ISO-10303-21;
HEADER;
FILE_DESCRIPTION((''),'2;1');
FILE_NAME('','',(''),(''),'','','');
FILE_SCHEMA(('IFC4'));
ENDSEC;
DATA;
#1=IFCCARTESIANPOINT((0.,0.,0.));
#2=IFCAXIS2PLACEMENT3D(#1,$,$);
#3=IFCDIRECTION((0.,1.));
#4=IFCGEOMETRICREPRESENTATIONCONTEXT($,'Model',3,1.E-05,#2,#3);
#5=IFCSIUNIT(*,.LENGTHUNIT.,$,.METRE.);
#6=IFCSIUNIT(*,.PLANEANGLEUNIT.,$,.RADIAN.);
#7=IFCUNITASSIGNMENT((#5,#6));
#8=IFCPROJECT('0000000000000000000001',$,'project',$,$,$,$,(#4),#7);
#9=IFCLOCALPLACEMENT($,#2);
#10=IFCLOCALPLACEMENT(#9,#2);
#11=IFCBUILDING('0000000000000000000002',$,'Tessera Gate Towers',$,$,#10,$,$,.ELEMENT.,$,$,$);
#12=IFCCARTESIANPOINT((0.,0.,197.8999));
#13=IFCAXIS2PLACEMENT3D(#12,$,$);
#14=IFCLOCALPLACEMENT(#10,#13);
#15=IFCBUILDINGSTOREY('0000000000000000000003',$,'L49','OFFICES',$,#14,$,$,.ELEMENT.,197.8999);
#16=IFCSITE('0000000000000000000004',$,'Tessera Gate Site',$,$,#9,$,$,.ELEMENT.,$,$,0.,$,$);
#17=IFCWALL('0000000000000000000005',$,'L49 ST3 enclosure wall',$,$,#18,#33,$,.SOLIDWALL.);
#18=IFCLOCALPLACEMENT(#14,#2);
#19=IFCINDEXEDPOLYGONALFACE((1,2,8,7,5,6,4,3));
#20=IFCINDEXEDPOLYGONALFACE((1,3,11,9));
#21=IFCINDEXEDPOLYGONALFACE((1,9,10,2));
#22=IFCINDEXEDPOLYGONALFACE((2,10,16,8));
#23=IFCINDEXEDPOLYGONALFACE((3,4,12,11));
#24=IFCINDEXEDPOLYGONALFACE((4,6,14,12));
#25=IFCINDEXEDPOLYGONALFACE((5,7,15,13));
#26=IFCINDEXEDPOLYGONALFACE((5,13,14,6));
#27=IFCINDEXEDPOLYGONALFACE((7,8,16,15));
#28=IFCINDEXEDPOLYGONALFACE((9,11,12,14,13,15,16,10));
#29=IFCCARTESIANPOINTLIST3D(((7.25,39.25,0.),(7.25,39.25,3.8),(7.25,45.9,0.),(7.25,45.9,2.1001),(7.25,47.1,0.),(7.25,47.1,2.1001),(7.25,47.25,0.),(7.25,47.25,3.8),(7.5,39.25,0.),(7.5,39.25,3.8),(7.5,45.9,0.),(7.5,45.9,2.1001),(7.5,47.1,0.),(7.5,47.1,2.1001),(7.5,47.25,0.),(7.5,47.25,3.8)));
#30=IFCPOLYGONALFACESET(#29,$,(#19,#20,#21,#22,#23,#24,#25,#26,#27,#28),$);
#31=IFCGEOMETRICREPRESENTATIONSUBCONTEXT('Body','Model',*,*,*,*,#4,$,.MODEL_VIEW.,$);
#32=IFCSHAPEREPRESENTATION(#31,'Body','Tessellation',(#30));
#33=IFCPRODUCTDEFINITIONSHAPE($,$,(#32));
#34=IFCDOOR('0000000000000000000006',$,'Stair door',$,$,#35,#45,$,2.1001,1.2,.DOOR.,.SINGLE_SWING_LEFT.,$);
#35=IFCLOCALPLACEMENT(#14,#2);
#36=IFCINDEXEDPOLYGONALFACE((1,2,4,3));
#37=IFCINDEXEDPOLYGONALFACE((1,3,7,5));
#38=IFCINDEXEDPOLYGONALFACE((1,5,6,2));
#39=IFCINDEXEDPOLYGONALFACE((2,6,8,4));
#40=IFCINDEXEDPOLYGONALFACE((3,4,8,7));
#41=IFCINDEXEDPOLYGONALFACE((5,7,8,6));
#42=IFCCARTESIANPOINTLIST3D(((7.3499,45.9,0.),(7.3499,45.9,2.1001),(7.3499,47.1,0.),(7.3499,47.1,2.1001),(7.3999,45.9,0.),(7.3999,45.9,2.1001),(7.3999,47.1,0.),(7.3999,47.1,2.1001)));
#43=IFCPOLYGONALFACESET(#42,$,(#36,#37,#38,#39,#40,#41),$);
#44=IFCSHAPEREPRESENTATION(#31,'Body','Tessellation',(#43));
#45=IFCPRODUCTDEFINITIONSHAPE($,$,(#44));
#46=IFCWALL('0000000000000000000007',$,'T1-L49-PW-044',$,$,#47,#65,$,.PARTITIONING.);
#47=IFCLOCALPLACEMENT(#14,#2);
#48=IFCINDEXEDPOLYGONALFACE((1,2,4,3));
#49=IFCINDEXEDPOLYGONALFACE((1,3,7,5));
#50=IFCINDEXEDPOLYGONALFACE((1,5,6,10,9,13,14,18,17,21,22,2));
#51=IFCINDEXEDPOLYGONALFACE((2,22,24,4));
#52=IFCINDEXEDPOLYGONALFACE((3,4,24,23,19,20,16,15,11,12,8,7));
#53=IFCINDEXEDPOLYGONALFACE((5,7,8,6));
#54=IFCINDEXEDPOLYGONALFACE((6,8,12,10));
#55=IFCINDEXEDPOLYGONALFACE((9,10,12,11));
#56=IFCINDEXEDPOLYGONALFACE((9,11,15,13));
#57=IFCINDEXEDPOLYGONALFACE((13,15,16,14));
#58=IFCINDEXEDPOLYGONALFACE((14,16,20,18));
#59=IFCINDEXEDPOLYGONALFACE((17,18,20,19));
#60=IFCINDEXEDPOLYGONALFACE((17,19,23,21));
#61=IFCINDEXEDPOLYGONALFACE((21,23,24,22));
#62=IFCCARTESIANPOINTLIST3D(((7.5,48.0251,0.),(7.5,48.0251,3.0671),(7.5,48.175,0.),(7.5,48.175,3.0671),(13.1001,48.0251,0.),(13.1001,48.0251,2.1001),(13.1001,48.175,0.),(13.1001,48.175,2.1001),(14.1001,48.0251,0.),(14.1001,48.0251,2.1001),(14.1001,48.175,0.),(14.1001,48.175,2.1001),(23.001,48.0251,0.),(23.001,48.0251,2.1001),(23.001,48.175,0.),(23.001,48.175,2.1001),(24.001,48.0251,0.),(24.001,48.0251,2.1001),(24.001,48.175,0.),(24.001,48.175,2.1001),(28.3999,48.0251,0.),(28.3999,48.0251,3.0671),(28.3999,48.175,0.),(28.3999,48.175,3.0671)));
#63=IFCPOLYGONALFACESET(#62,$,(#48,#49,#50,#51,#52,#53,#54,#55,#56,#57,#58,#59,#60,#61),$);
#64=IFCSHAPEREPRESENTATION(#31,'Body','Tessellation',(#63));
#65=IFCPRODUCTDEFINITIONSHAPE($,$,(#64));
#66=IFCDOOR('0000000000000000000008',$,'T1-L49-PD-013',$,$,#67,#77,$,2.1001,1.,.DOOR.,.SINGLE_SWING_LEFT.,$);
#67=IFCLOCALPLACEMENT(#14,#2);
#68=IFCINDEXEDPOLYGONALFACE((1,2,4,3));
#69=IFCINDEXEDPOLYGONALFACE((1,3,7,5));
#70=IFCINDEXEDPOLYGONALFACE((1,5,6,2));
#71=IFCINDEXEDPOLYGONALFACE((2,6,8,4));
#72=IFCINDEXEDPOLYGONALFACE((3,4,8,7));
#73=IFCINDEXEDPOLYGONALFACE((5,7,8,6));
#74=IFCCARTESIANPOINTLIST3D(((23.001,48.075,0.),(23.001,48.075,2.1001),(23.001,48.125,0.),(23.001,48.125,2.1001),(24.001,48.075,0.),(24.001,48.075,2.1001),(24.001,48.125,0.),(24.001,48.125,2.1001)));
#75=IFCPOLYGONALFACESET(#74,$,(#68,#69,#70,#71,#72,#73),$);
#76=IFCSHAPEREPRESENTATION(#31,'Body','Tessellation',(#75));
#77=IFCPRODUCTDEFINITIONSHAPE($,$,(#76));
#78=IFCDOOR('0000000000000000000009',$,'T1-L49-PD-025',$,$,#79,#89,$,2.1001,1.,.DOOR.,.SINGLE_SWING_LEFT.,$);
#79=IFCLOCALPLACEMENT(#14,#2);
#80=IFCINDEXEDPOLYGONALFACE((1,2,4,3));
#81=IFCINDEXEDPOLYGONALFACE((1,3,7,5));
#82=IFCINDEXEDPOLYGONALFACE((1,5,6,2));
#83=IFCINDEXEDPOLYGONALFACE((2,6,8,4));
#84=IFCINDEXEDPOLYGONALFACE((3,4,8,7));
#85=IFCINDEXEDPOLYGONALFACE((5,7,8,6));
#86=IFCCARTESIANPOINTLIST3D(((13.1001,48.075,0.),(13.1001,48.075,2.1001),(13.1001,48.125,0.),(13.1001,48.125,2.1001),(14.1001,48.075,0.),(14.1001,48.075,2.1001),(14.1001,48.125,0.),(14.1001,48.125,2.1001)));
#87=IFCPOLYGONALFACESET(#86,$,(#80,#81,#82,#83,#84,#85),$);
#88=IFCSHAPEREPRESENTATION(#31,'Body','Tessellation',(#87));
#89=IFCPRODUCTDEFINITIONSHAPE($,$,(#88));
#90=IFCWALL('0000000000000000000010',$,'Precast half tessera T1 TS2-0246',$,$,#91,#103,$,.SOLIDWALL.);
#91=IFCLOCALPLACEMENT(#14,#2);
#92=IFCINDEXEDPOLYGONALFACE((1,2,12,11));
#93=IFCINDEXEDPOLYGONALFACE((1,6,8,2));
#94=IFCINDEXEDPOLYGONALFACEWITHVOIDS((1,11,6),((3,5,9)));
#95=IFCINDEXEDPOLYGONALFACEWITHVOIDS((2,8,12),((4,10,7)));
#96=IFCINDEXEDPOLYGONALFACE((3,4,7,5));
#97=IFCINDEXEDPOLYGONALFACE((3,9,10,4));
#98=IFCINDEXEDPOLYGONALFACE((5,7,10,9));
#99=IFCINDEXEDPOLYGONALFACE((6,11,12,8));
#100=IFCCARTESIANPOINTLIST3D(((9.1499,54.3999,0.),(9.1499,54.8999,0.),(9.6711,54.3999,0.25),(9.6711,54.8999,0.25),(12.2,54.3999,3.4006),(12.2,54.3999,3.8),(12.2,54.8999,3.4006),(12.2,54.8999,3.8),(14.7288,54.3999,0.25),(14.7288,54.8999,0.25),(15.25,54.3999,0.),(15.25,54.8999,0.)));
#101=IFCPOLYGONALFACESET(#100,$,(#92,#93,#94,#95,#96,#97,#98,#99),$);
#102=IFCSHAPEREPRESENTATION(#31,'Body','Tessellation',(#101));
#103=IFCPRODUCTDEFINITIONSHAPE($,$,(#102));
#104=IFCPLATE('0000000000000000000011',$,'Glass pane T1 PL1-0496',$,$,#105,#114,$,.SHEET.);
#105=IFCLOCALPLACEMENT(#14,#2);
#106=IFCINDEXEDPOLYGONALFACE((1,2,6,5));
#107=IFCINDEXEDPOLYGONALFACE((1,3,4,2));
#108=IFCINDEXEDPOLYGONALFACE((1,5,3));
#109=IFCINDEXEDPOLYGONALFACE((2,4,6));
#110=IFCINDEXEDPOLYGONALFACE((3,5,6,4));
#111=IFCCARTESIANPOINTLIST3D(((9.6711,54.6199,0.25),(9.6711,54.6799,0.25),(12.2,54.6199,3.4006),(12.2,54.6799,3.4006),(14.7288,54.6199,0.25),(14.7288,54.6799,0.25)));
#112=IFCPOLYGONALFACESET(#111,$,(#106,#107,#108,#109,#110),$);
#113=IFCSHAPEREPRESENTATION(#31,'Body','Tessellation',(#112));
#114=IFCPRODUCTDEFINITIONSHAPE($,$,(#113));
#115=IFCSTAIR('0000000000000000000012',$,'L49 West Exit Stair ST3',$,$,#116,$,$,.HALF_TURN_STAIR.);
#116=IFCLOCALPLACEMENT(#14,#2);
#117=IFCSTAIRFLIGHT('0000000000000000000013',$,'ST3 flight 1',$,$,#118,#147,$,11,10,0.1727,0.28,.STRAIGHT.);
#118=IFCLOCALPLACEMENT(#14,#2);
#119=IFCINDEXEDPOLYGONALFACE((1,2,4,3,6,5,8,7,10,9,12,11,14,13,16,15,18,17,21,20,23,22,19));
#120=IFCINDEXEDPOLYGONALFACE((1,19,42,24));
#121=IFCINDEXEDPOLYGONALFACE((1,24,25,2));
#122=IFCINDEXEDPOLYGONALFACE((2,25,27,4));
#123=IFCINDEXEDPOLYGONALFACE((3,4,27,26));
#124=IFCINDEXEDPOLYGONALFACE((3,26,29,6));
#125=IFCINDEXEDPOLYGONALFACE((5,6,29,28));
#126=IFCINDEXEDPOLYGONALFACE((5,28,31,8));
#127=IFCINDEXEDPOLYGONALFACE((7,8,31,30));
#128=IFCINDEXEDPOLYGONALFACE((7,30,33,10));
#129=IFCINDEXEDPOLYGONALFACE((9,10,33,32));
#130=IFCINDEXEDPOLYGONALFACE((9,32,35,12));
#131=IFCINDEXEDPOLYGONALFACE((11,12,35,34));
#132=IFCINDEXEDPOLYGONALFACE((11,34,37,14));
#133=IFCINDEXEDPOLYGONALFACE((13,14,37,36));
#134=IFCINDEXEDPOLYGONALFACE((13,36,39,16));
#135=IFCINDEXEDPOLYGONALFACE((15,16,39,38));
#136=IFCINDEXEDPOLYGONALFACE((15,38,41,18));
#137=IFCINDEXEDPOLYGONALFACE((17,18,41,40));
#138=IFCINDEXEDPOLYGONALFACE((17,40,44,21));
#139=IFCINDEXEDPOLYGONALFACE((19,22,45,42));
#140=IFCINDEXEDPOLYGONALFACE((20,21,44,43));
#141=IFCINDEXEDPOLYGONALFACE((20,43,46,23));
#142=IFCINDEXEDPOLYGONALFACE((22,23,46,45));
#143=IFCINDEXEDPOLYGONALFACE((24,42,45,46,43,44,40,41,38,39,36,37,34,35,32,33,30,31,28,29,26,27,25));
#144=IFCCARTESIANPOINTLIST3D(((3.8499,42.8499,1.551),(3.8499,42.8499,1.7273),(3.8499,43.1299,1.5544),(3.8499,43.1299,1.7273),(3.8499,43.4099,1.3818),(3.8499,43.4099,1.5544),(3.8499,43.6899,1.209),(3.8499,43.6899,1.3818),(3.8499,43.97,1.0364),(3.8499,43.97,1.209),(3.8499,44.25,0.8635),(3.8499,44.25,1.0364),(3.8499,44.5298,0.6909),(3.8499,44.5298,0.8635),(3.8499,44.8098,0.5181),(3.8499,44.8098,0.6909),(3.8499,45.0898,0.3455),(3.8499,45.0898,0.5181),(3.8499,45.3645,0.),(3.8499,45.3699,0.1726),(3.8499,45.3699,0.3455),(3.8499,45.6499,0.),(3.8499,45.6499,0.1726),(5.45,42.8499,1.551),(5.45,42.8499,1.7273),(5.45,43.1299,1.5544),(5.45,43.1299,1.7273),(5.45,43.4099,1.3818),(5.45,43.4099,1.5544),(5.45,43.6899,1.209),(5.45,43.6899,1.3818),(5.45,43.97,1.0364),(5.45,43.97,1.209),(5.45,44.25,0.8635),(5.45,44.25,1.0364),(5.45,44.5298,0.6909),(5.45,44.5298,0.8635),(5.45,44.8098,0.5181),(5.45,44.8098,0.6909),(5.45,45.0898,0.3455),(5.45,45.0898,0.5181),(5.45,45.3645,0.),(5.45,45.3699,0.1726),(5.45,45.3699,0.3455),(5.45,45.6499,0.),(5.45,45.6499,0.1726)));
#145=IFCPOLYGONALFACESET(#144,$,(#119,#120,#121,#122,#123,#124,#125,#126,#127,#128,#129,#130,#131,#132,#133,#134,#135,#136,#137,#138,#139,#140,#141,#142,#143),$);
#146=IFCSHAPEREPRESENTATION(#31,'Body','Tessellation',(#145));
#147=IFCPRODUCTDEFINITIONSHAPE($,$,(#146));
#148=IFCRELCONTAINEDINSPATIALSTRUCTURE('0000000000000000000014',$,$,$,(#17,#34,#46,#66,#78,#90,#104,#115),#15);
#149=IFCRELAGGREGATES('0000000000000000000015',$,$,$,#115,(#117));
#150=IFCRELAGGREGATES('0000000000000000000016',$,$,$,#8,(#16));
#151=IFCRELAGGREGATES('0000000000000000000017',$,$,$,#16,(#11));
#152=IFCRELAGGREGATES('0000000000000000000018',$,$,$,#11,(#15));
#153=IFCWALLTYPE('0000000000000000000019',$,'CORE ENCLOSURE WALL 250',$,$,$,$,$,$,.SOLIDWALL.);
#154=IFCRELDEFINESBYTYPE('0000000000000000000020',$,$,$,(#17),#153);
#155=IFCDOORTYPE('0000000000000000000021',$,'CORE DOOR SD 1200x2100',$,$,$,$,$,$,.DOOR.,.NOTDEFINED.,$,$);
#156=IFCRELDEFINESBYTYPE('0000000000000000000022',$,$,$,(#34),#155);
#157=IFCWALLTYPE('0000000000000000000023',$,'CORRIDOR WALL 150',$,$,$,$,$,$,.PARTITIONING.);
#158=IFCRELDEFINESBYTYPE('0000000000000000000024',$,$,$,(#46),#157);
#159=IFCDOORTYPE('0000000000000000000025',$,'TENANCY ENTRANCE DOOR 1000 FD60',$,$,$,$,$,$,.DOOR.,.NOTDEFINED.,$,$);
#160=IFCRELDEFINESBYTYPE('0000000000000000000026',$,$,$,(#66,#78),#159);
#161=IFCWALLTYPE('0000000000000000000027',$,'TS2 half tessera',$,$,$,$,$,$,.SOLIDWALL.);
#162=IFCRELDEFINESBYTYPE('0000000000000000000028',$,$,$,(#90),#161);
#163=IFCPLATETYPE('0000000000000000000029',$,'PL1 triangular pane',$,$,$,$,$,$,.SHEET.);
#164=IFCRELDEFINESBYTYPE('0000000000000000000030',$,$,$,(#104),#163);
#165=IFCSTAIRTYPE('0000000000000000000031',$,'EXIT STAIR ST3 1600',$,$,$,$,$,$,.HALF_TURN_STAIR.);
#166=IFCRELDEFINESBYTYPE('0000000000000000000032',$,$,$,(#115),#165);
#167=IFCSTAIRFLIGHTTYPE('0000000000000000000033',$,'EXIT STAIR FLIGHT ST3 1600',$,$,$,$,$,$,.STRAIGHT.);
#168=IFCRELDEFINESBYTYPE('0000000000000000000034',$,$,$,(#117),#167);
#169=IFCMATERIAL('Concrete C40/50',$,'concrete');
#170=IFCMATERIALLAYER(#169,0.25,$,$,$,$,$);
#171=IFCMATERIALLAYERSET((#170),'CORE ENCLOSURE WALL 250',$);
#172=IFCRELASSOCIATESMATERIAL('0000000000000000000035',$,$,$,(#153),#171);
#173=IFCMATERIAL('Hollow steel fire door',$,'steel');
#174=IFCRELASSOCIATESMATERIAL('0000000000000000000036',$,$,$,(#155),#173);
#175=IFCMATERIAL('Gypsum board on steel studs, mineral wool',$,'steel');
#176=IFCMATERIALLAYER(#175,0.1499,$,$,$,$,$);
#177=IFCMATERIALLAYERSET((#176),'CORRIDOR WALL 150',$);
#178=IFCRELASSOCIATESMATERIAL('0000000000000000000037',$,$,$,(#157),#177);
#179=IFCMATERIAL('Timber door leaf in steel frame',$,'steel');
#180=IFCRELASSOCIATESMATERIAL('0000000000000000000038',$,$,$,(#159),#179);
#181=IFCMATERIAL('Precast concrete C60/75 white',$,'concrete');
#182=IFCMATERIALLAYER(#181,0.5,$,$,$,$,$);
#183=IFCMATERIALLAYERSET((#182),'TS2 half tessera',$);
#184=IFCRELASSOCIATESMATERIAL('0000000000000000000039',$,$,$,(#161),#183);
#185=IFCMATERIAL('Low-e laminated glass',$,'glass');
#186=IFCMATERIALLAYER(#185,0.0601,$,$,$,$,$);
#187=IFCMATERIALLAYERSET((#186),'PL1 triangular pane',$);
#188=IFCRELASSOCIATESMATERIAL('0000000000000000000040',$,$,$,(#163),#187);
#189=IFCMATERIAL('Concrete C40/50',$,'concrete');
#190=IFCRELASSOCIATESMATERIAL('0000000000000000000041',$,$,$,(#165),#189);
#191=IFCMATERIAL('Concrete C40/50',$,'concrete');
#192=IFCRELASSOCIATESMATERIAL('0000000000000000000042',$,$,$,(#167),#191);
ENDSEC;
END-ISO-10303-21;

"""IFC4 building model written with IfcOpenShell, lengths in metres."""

from ifc_helpers import new_model, si_unit, direction, frame, frame_2d, origin, place, context, subcontext, project, spatial, polyline, rectangle, outline, extrude, source, transform, mapped, material, layer, layer_set, type_object, element, fill, aggregate, save


model = new_model("IFC4")

# Units and contexts
model_context = context("Model", 3, precision=1e-05, world=origin(), true_north=direction((0.0, 1.0)))
body_context = subcontext(model_context, "Body", "Model", "MODEL_VIEW")
ifc_project = project(units=[si_unit("LENGTHUNIT", "METRE"), si_unit("PLANEANGLEUNIT", "RADIAN")], contexts=[model_context])

# Site, building, storey
site_placement = place(None, origin())
site = spatial("IfcSite", under=ifc_project, at=site_placement, Name="Tessera Gate Site", CompositionType="ELEMENT", RefElevation=0.0)
building_placement = place(site_placement, origin())
building = spatial("IfcBuilding", under=site, at=building_placement, Name="Tessera Gate Towers", CompositionType="ELEMENT")
storey_placement = place(building_placement, frame((0.0, 0.0, 197.8999)))
storey = spatial("IfcBuildingStorey", under=building, at=storey_placement, Name="L49", Description="OFFICES", CompositionType="ELEMENT", Elevation=197.8999)

# Shared definitions
ifc_material_1 = material(Name="Concrete C40/50", Category="concrete")
ifc_layer_1 = layer(ifc_material_1, 0.25)
ifc_layer_set_1 = layer_set([ifc_layer_1], Name="CORE ENCLOSURE WALL 250")
wall_type_1 = type_object("IfcWallType", Name="CORE ENCLOSURE WALL 250", PredefinedType="SOLIDWALL", material=ifc_layer_set_1)

# Wall, opening, door
wall_1_placement = place(storey_placement, frame((7.375, 47.25, 0.0), z_axis=(0.0, 0.0, 1.0), x_axis=(0.0, -1.0, 0.0)))
wall_1 = element("IfcWall", 1, at=wall_1_placement, inside=storey, type_object=wall_type_1, Name="L49 ST3 enclosure wall", PredefinedType="SOLIDWALL", context=body_context, shape_type="SweptSolid", body=[
    extrude(rectangle(XDim=8.0, YDim=0.25, at=frame_2d((4.0, 0.0))), origin(), (0.0, 0.0, 1.0), 3.8),
])
shared_shape_1 = source(origin(), body_context, "Body", "SweptSolid", [
    extrude(rectangle(XDim=1.2, YDim=2.1001, at=frame_2d((0.6001, 1.05))), frame((0.0, 0.135, 0.0), z_axis=(0.0, -1.0, 0.0), x_axis=(1.0, 0.0, 0.0)), (0.0, 0.0, 1.0), 0.27),
])
opening_1_placement = place(wall_1_placement, frame((0.1499, 0.0, 0.0)))
opening_1 = element("IfcOpeningElement", 2, at=opening_1_placement, cuts=wall_1, PredefinedType="OPENING", context=body_context, shape_type="MappedRepresentation", body=[
    mapped(shared_shape_1, transform((0.0, 0.0, 0.0), scale=1.0)),
])
ifc_material_2 = material(Name="Hollow steel fire door", Category="steel")
door_type_1 = type_object("IfcDoorType", Name="CORE DOOR SD 1200x2100", OperationType="NOTDEFINED", PredefinedType="DOOR", material=ifc_material_2)
shared_shape_2 = source(origin(), body_context, "Body", "SweptSolid", [
    extrude(rectangle(XDim=1.2, YDim=2.1001, at=frame_2d((0.6001, 1.05))), frame((0.0, 0.0249, 0.0), z_axis=(0.0, -1.0, 0.0), x_axis=(1.0, 0.0, 0.0)), (0.0, 0.0, 1.0), 0.05),
])
door_1_placement = place(opening_1_placement, origin())
door_1 = element("IfcDoor", 3, at=door_1_placement, inside=storey, type_object=door_type_1, Name="Stair door", OperationType="SINGLE_SWING_LEFT", OverallHeight=2.1001, OverallWidth=1.2, PredefinedType="DOOR", context=body_context, shape_type="MappedRepresentation", body=[
    mapped(shared_shape_2, transform((0.0, 0.0, 0.0), scale=1.0)),
])
fill(opening_1, door_1)

# Wall, openings, doors
ifc_material_3 = material(Name="Gypsum board on steel studs, mineral wool", Category="steel")
ifc_layer_2 = layer(ifc_material_3, 0.1499)
ifc_layer_set_2 = layer_set([ifc_layer_2], Name="CORRIDOR WALL 150")
wall_type_2 = type_object("IfcWallType", Name="CORRIDOR WALL 150", PredefinedType="PARTITIONING", material=ifc_layer_set_2)
wall_2_placement = place(storey_placement, frame((7.5, 48.1001, 0.0), z_axis=(0.0, 0.0, 1.0), x_axis=(1.0, 0.0, 0.0)))
wall_2 = element("IfcWall", 4, at=wall_2_placement, inside=storey, type_object=wall_type_2, Name="T1-L49-PW-044", PredefinedType="PARTITIONING", context=body_context, shape_type="SweptSolid", body=[
    extrude(rectangle(XDim=20.8999, YDim=0.1499, at=frame_2d((10.45, 0.0))), origin(), (0.0, 0.0, 1.0), 3.0671),
])
shared_shape_3 = source(origin(), body_context, "Body", "SweptSolid", [
    extrude(rectangle(XDim=1.0, YDim=2.1001, at=frame_2d((0.5, 1.05))), frame((0.0, 0.085, 0.0), z_axis=(0.0, -1.0, 0.0), x_axis=(1.0, 0.0, 0.0)), (0.0, 0.0, 1.0), 0.1699),
])
opening_2_placement = place(wall_2_placement, frame((15.501, 0.0, 0.0)))
opening_2 = element("IfcOpeningElement", 5, at=opening_2_placement, cuts=wall_2, PredefinedType="OPENING", context=body_context, shape_type="MappedRepresentation", body=[
    mapped(shared_shape_3, transform((0.0, 0.0, 0.0), scale=1.0)),
])
opening_3_placement = place(wall_2_placement, frame((5.6001, 0.0, 0.0)))
opening_3 = element("IfcOpeningElement", 6, at=opening_3_placement, cuts=wall_2, PredefinedType="OPENING", context=body_context, shape_type="MappedRepresentation", body=[
    mapped(shared_shape_3, transform((0.0, 0.0, 0.0), scale=1.0)),
])
ifc_material_4 = material(Name="Timber door leaf in steel frame", Category="steel")
door_type_2 = type_object("IfcDoorType", Name="TENANCY ENTRANCE DOOR 1000 FD60", OperationType="NOTDEFINED", PredefinedType="DOOR", material=ifc_material_4)
shared_shape_4 = source(origin(), body_context, "Body", "SweptSolid", [
    extrude(rectangle(XDim=1.0, YDim=2.1001, at=frame_2d((0.5, 1.05))), frame((0.0, 0.0249, 0.0), z_axis=(0.0, -1.0, 0.0), x_axis=(1.0, 0.0, 0.0)), (0.0, 0.0, 1.0), 0.05),
])
door_2_placement = place(opening_2_placement, origin())
door_2 = element("IfcDoor", 7, at=door_2_placement, inside=storey, type_object=door_type_2, Name="T1-L49-PD-013", OperationType="SINGLE_SWING_LEFT", OverallHeight=2.1001, OverallWidth=1.0, PredefinedType="DOOR", context=body_context, shape_type="MappedRepresentation", body=[
    mapped(shared_shape_4, transform((0.0, 0.0, 0.0), scale=1.0)),
])
fill(opening_2, door_2)
door_3_placement = place(opening_3_placement, origin())
door_3 = element("IfcDoor", 8, at=door_3_placement, inside=storey, type_object=door_type_2, Name="T1-L49-PD-025", OperationType="SINGLE_SWING_LEFT", OverallHeight=2.1001, OverallWidth=1.0, PredefinedType="DOOR", context=body_context, shape_type="MappedRepresentation", body=[
    mapped(shared_shape_4, transform((0.0, 0.0, 0.0), scale=1.0)),
])
fill(opening_3, door_3)

# Wall, opening, plate
ifc_material_5 = material(Name="Precast concrete C60/75 white", Category="concrete")
ifc_layer_3 = layer(ifc_material_5, 0.5)
ifc_layer_set_3 = layer_set([ifc_layer_3], Name="TS2 half tessera")
wall_type_3 = type_object("IfcWallType", Name="TS2 half tessera", PredefinedType="SOLIDWALL", material=ifc_layer_set_3)
shared_shape_5 = source(origin(), body_context, "Body", "SweptSolid", [
    extrude(outline(polyline([(6.1001, 0.0), (3.05, 3.8), (0.0, 0.0), (6.1001, 0.0)])), frame((0.0, 0.25, 0.0), z_axis=(0.0, -1.0, 0.0), x_axis=(1.0, 0.0, 0.0)), (0.0, 0.0, 1.0), 0.5),
])
wall_3_placement = place(storey_placement, frame((15.25, 54.6499, 0.0), z_axis=(0.0, 0.0, 1.0), x_axis=(-1.0, 0.0, 0.0)))
wall_3 = element("IfcWall", 9, at=wall_3_placement, inside=storey, type_object=wall_type_3, Name="Precast half tessera T1 TS2-0246", PredefinedType="SOLIDWALL", context=body_context, shape_type="MappedRepresentation", body=[
    mapped(shared_shape_5, transform((0.0, 0.0, 0.0), scale=1.0)),
])
shared_shape_6 = source(origin(), body_context, "Body", "SweptSolid", [
    extrude(outline(polyline([(5.5789, 0.25), (3.05, 3.4006), (0.5212, 0.25), (5.5789, 0.25)])), frame((0.0, 0.26, 0.0), z_axis=(0.0, -1.0, 0.0), x_axis=(1.0, 0.0, 0.0)), (0.0, 0.0, 1.0), 0.52),
])
opening_4_placement = place(wall_3_placement, origin())
opening_4 = element("IfcOpeningElement", 10, at=opening_4_placement, cuts=wall_3, PredefinedType="OPENING", context=body_context, shape_type="MappedRepresentation", body=[
    mapped(shared_shape_6, transform((0.0, 0.0, 0.0), scale=1.0)),
])
ifc_material_6 = material(Name="Low-e laminated glass", Category="glass")
ifc_layer_4 = layer(ifc_material_6, 0.0601)
ifc_layer_set_4 = layer_set([ifc_layer_4], Name="PL1 triangular pane")
plate_type = type_object("IfcPlateType", Name="PL1 triangular pane", PredefinedType="SHEET", material=ifc_layer_set_4)
shared_shape_7 = source(origin(), body_context, "Body", "SweptSolid", [
    extrude(outline(polyline([(5.5789, 0.25), (3.05, 3.4006), (0.5212, 0.25), (5.5789, 0.25)])), frame((0.0, 0.03, 0.0), z_axis=(0.0, -1.0, 0.0), x_axis=(1.0, 0.0, 0.0)), (0.0, 0.0, 1.0), 0.0601),
])
plate_placement = place(opening_4_placement, origin())
plate = element("IfcPlate", 11, at=plate_placement, inside=storey, type_object=plate_type, Name="Glass pane T1 PL1-0496", PredefinedType="SHEET", context=body_context, shape_type="MappedRepresentation", body=[
    mapped(shared_shape_7, transform((0.0, 0.0, 0.0), scale=1.0)),
])
fill(opening_4, plate)

# Stair, stair flight
ifc_material_7 = material(Name="Concrete C40/50", Category="concrete")
stair_type = type_object("IfcStairType", Name="EXIT STAIR ST3 1600", PredefinedType="HALF_TURN_STAIR", material=ifc_material_7)
stair_placement = place(storey_placement, origin())
stair = element("IfcStair", 12, at=stair_placement, inside=storey, type_object=stair_type, Name="L49 West Exit Stair ST3", PredefinedType="HALF_TURN_STAIR")
ifc_material_8 = material(Name="Concrete C40/50", Category="concrete")
stair_flight_type = type_object("IfcStairFlightType", Name="EXIT STAIR FLIGHT ST3 1600", PredefinedType="STRAIGHT", material=ifc_material_8)
stair_flight_placement = place(storey_placement, frame((4.6499, 45.6499, 0.0), z_axis=(0.0, 0.0, 1.0), x_axis=(0.0, -1.0, 0.0)))
stair_flight = element("IfcStairFlight", 13, at=stair_flight_placement, type_object=stair_flight_type, Name="ST3 flight 1", NumberOfRisers=11, NumberOfTreads=10, PredefinedType="STRAIGHT", RiserHeight=0.1727, TreadLength=0.28, context=body_context, shape_type="SweptSolid", body=[
    extrude(outline(polyline([(0.0, 0.0), (0.0, 0.1726), (0.28, 0.1726), (0.28, 0.3455), (0.5601, 0.3455), (0.5601, 0.5181), (0.8401, 0.5181), (0.8401, 0.6909), (1.1201, 0.6909), (1.1201, 0.8635), (1.3999, 0.8635), (1.3999, 1.0364), (1.6799, 1.0364), (1.6799, 1.209), (1.96, 1.209), (1.96, 1.3818), (2.24, 1.3818), (2.24, 1.5544), (2.52, 1.5544), (2.52, 1.7273), (2.8, 1.7273), (2.8, 1.8999), (2.8, 1.551), (0.2854, 0.0), (0.0, 0.0)])), frame((0.0, 0.8, 0.0), z_axis=(0.0, -1.0, 0.0), x_axis=(1.0, 0.0, 0.0)), (0.0, 0.0, 1.0), 1.6001),
])
aggregate(stair, [stair_flight])

save(model, "model.ifc")
